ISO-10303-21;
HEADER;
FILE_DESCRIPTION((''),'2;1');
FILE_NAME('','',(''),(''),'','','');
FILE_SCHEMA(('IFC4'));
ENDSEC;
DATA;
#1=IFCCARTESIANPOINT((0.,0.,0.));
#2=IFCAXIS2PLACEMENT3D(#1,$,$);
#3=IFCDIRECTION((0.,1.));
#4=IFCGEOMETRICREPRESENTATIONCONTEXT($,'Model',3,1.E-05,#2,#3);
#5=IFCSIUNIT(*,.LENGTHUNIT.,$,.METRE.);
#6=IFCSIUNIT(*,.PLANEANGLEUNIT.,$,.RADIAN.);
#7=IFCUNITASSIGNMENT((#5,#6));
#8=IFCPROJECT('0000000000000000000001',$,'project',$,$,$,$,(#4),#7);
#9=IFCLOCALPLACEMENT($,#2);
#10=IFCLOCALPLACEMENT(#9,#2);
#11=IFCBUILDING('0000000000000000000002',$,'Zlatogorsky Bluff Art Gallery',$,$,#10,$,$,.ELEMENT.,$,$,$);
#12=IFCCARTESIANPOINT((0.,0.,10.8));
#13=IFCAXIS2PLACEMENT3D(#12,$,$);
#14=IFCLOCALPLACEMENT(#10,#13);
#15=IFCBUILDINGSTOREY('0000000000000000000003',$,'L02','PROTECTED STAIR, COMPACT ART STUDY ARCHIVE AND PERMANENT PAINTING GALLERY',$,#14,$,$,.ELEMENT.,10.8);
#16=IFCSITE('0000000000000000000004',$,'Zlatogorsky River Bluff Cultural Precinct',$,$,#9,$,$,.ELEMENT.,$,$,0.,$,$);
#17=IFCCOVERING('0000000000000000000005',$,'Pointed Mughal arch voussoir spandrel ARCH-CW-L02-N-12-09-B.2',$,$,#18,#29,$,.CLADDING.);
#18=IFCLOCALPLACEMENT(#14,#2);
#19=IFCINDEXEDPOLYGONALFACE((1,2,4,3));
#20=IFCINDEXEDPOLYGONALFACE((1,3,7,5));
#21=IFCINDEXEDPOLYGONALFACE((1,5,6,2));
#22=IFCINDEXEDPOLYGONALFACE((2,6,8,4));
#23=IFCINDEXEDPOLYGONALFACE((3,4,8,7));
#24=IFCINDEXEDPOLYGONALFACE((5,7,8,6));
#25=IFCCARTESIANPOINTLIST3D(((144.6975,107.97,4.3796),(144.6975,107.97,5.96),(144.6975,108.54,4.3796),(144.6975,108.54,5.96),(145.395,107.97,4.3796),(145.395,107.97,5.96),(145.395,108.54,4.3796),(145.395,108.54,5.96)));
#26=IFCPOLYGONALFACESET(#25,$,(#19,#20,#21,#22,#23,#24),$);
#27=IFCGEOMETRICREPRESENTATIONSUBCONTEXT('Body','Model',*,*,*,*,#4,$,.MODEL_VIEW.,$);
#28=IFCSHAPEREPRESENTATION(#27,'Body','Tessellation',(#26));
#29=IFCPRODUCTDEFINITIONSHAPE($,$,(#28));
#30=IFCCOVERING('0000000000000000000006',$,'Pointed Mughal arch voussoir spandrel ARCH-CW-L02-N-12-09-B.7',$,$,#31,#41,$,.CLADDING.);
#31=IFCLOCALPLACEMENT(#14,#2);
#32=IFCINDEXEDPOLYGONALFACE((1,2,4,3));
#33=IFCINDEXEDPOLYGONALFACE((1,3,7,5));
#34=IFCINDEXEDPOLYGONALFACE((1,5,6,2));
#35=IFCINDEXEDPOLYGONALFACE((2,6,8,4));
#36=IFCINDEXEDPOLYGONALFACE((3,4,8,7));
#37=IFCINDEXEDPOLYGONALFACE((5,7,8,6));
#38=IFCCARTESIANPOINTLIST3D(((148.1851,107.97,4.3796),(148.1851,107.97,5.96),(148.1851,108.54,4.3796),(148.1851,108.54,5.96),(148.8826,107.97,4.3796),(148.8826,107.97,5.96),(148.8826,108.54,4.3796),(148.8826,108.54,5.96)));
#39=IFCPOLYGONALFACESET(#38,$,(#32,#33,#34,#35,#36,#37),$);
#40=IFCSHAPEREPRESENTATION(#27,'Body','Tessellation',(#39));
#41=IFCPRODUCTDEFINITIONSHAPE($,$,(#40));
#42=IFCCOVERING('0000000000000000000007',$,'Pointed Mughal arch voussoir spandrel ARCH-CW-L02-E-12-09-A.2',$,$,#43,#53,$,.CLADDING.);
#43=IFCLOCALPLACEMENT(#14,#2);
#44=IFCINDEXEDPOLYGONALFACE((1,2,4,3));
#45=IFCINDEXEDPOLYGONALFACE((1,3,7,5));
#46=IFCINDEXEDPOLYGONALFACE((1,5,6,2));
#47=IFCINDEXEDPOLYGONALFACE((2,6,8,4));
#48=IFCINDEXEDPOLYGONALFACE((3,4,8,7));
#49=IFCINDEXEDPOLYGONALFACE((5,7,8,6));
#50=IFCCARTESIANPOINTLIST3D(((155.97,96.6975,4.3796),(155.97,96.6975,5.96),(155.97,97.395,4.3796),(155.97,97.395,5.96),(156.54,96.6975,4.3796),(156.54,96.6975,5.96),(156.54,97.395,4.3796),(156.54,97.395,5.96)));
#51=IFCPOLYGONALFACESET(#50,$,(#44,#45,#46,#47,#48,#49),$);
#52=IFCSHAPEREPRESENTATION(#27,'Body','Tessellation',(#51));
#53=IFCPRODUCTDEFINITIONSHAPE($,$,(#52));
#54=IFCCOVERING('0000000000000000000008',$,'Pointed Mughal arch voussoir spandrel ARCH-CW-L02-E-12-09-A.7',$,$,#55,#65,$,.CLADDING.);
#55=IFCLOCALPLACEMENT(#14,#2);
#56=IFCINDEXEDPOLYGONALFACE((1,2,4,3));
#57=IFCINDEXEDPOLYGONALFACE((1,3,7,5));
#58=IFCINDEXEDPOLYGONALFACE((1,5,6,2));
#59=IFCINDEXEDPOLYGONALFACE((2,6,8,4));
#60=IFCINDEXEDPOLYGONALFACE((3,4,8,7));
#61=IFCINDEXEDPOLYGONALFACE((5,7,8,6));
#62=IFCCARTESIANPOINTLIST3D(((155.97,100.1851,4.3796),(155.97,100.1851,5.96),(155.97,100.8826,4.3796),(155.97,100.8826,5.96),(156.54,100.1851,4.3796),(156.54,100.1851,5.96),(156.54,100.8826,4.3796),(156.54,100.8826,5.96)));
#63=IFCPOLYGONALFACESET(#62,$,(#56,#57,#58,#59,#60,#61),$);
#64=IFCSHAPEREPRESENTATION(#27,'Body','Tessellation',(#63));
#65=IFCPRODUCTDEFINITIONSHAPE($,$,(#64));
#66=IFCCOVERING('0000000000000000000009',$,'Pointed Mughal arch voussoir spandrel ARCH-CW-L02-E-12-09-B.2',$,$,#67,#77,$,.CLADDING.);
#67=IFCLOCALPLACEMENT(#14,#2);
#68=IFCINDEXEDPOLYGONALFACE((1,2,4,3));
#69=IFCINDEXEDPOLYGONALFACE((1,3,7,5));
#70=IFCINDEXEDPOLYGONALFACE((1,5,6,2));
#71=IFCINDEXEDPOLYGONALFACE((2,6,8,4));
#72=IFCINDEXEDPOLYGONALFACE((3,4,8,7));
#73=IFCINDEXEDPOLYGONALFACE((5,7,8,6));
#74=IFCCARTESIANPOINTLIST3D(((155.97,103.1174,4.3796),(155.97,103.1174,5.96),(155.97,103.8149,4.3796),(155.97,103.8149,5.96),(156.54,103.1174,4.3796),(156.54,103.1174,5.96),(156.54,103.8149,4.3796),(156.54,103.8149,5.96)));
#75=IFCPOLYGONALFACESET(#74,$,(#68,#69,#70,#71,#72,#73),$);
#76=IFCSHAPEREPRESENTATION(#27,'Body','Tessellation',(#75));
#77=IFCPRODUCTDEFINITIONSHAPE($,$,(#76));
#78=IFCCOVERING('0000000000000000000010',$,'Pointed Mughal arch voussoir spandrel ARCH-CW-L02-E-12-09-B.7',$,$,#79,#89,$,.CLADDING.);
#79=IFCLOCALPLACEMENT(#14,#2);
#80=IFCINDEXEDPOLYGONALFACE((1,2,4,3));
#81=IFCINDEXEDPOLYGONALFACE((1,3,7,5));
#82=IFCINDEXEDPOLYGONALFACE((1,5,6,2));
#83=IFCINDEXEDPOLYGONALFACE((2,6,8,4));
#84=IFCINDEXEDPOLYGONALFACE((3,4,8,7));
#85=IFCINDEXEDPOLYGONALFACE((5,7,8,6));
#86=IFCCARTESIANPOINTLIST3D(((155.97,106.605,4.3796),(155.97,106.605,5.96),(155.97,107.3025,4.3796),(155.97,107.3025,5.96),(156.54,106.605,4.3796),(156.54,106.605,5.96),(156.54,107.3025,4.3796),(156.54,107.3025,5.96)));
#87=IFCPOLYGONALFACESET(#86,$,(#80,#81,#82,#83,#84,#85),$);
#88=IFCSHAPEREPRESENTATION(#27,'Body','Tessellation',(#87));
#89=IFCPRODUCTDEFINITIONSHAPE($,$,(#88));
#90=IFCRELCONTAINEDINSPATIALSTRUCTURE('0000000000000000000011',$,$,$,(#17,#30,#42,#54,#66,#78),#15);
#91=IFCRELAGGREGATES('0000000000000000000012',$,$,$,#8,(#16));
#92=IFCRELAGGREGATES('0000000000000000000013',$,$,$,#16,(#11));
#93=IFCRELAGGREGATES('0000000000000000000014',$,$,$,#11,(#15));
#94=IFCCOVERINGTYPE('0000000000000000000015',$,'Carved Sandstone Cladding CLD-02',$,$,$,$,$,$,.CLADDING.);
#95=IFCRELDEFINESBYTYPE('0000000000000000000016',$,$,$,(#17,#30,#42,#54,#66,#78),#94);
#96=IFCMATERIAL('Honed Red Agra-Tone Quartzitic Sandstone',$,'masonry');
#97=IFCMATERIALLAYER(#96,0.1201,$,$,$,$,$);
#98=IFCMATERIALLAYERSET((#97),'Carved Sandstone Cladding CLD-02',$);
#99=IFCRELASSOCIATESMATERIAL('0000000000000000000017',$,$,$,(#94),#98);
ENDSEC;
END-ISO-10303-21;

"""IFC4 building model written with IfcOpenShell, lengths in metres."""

from ifc_helpers import new_model, si_unit, direction, frame, origin, place, context, subcontext, project, spatial, polyline, outline, extrude, material, layer, layer_set, type_object, element, save


model = new_model("IFC4")

# Units and contexts
model_context = context("Model", 3, precision=1e-05, world=origin(), true_north=direction((0.0, 1.0)))
body_context = subcontext(model_context, "Body", "Model", "MODEL_VIEW")
ifc_project = project(units=[si_unit("LENGTHUNIT", "METRE"), si_unit("PLANEANGLEUNIT", "RADIAN")], contexts=[model_context])

# Site, building, storey
site_placement = place(None, origin())
site = spatial("IfcSite", under=ifc_project, at=site_placement, Name="Zlatogorsky River Bluff Cultural Precinct", CompositionType="ELEMENT", RefElevation=0.0)
building_placement = place(site_placement, origin())
building = spatial("IfcBuilding", under=site, at=building_placement, Name="Zlatogorsky Bluff Art Gallery", CompositionType="ELEMENT")
storey_placement = place(building_placement, frame((0.0, 0.0, 10.8)))
storey = spatial("IfcBuildingStorey", under=building, at=storey_placement, Name="L02", Description="PROTECTED STAIR, COMPACT ART STUDY ARCHIVE AND PERMANENT PAINTING GALLERY", CompositionType="ELEMENT", Elevation=10.8)

# Coverings
ifc_material = material(Name="Honed Red Agra-Tone Quartzitic Sandstone", Category="masonry")
ifc_layer = layer(ifc_material, 0.1201)
ifc_layer_set = layer_set([ifc_layer], Name="Carved Sandstone Cladding CLD-02")
covering_type = type_object("IfcCoveringType", Name="Carved Sandstone Cladding CLD-02", PredefinedType="CLADDING", material=ifc_layer_set)
covering_1_placement = place(storey_placement, frame((0.0, 0.0, 4.3796)))
element("IfcCovering", 1, at=covering_1_placement, inside=storey, type_object=covering_type, Name="Pointed Mughal arch voussoir spandrel ARCH-CW-L02-N-12-09-B.2", PredefinedType="CLADDING", context=body_context, shape_type="SweptSolid", body=[
    extrude(outline(polyline([(144.6975, 107.97), (145.395, 107.97), (145.395, 108.54), (144.6975, 108.54), (144.6975, 107.97)])), origin(), (0.0, 0.0, 1.0), 1.5803),
])
covering_2_placement = place(storey_placement, frame((0.0, 0.0, 4.3796)))
element("IfcCovering", 2, at=covering_2_placement, inside=storey, type_object=covering_type, Name="Pointed Mughal arch voussoir spandrel ARCH-CW-L02-N-12-09-B.7", PredefinedType="CLADDING", context=body_context, shape_type="SweptSolid", body=[
    extrude(outline(polyline([(148.1851, 107.97), (148.8826, 107.97), (148.8826, 108.54), (148.1851, 108.54), (148.1851, 107.97)])), origin(), (0.0, 0.0, 1.0), 1.5803),
])
covering_3_placement = place(storey_placement, frame((0.0, 0.0, 4.3796)))
element("IfcCovering", 3, at=covering_3_placement, inside=storey, type_object=covering_type, Name="Pointed Mughal arch voussoir spandrel ARCH-CW-L02-E-12-09-A.2", PredefinedType="CLADDING", context=body_context, shape_type="SweptSolid", body=[
    extrude(outline(polyline([(155.97, 96.6975), (155.97, 97.395), (156.54, 97.395), (156.54, 96.6975), (155.97, 96.6975)])), origin(), (0.0, 0.0, 1.0), 1.5803),
])
covering_4_placement = place(storey_placement, frame((0.0, 0.0, 4.3796)))
element("IfcCovering", 4, at=covering_4_placement, inside=storey, type_object=covering_type, Name="Pointed Mughal arch voussoir spandrel ARCH-CW-L02-E-12-09-A.7", PredefinedType="CLADDING", context=body_context, shape_type="SweptSolid", body=[
    extrude(outline(polyline([(155.97, 100.1851), (155.97, 100.8826), (156.54, 100.8826), (156.54, 100.1851), (155.97, 100.1851)])), origin(), (0.0, 0.0, 1.0), 1.5803),
])
covering_5_placement = place(storey_placement, frame((0.0, 0.0, 4.3796)))
element("IfcCovering", 5, at=covering_5_placement, inside=storey, type_object=covering_type, Name="Pointed Mughal arch voussoir spandrel ARCH-CW-L02-E-12-09-B.2", PredefinedType="CLADDING", context=body_context, shape_type="SweptSolid", body=[
    extrude(outline(polyline([(155.97, 103.1174), (155.97, 103.8149), (156.54, 103.8149), (156.54, 103.1174), (155.97, 103.1174)])), origin(), (0.0, 0.0, 1.0), 1.5803),
])
covering_6_placement = place(storey_placement, frame((0.0, 0.0, 4.3796)))
element("IfcCovering", 6, at=covering_6_placement, inside=storey, type_object=covering_type, Name="Pointed Mughal arch voussoir spandrel ARCH-CW-L02-E-12-09-B.7", PredefinedType="CLADDING", context=body_context, shape_type="SweptSolid", body=[
    extrude(outline(polyline([(155.97, 106.605), (155.97, 107.3025), (156.54, 107.3025), (156.54, 106.605), (155.97, 106.605)])), origin(), (0.0, 0.0, 1.0), 1.5803),
])

save(model, "model.ifc")
